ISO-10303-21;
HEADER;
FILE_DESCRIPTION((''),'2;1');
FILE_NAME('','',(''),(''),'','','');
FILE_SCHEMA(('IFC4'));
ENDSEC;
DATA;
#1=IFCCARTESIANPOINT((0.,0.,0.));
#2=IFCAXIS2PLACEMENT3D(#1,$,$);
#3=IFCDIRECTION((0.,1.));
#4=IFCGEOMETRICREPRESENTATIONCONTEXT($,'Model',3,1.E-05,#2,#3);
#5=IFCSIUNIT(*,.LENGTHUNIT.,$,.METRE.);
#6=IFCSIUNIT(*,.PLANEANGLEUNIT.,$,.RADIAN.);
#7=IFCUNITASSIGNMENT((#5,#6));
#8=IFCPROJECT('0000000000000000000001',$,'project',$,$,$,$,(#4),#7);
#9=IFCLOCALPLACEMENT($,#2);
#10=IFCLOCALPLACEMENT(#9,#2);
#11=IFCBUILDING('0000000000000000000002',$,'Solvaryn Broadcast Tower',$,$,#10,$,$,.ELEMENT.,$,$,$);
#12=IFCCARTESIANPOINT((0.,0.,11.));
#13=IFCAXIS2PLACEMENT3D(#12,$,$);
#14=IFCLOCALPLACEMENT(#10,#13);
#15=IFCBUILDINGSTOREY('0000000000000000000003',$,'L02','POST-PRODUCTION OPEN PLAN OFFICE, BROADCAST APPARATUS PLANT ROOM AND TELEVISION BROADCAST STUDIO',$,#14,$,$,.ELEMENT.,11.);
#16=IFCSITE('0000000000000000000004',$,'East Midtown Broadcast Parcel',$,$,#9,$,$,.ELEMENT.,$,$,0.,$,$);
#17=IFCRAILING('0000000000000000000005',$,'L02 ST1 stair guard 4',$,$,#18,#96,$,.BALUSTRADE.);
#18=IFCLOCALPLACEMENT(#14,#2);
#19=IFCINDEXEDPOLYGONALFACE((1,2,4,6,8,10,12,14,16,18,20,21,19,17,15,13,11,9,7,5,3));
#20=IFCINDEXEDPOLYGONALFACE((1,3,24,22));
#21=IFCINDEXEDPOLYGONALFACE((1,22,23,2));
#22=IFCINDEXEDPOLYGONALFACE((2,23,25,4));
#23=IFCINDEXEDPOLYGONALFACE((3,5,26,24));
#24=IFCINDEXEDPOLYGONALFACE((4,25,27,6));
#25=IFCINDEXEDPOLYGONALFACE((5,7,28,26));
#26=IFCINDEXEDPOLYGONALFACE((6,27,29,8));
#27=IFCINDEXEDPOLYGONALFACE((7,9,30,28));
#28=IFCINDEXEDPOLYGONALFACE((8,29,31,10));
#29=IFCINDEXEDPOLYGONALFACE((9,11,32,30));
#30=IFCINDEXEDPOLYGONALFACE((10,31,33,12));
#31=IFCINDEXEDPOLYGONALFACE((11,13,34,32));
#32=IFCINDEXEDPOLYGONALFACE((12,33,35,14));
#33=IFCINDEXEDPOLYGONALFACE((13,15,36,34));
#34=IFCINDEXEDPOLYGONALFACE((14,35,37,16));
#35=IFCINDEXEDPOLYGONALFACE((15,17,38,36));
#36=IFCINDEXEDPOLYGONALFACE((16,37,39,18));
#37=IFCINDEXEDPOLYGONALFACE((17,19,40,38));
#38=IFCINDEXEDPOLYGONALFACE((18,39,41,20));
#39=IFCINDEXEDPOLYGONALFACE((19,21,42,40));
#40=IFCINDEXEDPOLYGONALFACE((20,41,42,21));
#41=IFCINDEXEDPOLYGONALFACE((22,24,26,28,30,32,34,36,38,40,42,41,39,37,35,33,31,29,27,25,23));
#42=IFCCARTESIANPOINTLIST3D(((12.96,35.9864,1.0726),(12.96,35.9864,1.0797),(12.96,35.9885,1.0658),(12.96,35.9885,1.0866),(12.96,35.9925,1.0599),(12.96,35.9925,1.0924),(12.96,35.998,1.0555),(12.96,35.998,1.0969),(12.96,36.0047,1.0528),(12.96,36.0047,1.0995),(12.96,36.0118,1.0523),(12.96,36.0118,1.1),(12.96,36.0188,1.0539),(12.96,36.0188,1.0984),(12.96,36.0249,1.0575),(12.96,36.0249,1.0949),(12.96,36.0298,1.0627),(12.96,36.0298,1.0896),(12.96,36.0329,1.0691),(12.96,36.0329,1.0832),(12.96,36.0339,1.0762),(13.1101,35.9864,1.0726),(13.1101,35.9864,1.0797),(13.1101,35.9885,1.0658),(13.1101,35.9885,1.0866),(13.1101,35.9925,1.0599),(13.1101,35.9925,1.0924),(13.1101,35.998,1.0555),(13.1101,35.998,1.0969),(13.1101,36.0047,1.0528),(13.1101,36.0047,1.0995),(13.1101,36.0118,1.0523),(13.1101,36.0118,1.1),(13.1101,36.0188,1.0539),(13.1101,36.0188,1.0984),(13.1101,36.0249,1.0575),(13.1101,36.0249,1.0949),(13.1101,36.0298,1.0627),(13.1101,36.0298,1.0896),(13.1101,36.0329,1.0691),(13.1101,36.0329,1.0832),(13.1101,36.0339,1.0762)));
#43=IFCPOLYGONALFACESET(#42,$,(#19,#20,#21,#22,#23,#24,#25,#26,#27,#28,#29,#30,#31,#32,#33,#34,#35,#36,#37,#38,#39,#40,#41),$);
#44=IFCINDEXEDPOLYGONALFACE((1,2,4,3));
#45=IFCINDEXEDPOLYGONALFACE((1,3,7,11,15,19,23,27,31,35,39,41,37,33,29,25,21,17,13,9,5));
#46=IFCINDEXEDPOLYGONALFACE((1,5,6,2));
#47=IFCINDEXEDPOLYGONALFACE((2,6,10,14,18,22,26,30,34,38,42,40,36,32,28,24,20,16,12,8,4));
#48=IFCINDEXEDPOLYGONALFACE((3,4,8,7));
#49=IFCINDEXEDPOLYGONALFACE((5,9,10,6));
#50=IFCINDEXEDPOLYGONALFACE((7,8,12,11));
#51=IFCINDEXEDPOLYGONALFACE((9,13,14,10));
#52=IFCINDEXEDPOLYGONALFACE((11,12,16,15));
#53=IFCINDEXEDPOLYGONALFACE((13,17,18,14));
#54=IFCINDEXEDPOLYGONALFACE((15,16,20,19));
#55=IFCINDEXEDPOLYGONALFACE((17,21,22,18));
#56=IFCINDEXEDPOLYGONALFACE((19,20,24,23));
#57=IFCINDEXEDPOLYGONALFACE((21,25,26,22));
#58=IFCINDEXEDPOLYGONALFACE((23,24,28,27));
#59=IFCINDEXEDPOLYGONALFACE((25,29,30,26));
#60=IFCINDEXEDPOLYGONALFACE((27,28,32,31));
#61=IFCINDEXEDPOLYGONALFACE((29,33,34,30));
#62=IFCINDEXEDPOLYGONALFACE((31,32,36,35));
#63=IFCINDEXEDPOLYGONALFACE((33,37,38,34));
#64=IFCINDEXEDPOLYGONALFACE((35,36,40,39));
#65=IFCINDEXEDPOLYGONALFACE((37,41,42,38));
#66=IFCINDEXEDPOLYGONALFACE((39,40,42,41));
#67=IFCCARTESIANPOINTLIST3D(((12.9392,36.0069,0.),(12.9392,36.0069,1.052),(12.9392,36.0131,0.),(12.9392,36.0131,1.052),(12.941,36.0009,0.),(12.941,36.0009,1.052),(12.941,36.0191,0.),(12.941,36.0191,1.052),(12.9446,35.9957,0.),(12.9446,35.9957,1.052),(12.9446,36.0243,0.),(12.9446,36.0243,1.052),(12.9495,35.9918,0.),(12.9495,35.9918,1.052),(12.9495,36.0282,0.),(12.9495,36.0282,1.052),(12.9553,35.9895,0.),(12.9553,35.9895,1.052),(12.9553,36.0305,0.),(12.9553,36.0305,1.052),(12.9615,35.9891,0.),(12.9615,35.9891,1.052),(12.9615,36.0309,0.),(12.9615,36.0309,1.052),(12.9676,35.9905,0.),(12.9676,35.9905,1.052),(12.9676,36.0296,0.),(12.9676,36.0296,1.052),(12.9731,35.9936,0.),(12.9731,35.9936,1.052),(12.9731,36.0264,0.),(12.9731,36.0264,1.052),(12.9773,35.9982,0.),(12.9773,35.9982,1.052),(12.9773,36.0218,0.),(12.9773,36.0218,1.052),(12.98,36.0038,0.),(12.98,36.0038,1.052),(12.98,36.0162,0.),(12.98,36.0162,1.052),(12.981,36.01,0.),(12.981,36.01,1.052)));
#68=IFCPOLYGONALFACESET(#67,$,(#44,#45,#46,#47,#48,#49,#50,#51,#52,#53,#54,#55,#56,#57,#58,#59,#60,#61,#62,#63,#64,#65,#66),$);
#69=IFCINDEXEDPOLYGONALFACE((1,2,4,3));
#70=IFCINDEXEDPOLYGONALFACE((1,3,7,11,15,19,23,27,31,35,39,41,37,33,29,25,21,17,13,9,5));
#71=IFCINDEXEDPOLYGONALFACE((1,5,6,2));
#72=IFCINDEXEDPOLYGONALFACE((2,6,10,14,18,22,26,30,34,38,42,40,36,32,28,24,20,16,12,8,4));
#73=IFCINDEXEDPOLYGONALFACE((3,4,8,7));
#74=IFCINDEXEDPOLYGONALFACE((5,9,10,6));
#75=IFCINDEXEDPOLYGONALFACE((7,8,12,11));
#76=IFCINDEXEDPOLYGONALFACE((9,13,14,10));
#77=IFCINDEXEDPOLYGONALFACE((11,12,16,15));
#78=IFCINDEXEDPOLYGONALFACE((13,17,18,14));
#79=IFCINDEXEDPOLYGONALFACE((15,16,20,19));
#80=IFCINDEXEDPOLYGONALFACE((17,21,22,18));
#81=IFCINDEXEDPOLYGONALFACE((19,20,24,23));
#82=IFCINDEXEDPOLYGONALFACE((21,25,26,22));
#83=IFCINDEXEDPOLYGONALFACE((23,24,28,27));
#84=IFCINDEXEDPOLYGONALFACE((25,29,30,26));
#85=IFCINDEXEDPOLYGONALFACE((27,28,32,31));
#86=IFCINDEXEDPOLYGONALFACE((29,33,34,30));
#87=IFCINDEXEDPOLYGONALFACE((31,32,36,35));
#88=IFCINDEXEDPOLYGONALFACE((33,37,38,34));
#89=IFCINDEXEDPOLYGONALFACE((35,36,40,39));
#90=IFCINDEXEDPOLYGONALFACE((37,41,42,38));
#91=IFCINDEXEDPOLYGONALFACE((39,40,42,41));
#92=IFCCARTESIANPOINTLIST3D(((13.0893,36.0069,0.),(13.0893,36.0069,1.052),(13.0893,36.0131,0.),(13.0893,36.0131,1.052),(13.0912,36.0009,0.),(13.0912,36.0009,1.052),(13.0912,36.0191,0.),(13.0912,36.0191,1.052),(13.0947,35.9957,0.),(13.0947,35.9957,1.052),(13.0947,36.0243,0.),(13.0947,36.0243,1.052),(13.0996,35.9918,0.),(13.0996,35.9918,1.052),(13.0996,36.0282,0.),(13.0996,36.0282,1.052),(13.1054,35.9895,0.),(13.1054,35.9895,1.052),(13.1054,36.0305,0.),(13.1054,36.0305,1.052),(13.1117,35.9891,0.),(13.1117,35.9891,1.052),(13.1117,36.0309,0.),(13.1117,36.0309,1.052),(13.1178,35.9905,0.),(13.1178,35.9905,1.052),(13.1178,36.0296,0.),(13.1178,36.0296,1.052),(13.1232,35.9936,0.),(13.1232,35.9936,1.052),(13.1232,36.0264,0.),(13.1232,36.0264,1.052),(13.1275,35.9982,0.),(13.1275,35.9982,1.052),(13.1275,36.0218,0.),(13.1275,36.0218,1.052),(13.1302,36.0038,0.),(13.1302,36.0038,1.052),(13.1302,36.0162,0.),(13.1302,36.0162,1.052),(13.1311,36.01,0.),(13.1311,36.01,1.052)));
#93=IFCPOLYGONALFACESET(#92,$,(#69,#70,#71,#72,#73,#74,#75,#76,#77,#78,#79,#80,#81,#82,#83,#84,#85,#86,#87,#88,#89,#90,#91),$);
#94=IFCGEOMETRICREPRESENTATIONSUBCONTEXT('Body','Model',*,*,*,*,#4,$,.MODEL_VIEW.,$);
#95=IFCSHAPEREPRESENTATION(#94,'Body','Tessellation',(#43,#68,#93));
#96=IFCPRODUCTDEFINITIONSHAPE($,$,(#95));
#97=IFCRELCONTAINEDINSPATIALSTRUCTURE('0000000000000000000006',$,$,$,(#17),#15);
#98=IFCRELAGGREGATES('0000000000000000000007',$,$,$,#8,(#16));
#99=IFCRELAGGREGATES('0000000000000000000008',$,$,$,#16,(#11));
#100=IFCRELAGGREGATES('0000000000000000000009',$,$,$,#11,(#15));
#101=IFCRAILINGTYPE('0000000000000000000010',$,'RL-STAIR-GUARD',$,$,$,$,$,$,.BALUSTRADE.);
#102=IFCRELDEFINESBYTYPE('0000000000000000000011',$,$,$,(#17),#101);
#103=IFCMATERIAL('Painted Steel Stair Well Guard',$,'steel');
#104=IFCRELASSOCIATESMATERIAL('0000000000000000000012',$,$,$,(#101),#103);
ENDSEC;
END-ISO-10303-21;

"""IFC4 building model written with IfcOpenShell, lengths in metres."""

from ifc_helpers import new_model, si_unit, direction, frame, origin, origin_2d, place, context, subcontext, project, spatial, circle, extrude, material, type_object, element, save


model = new_model("IFC4")

# Units and contexts
model_context = context("Model", 3, precision=1e-05, world=origin(), true_north=direction((0.0, 1.0)))
body_context = subcontext(model_context, "Body", "Model", "MODEL_VIEW")
ifc_project = project(units=[si_unit("LENGTHUNIT", "METRE"), si_unit("PLANEANGLEUNIT", "RADIAN")], contexts=[model_context])

# Site, building, storey
site_placement = place(None, origin())
site = spatial("IfcSite", under=ifc_project, at=site_placement, Name="East Midtown Broadcast Parcel", CompositionType="ELEMENT", RefElevation=0.0)
building_placement = place(site_placement, origin())
building = spatial("IfcBuilding", under=site, at=building_placement, Name="Solvaryn Broadcast Tower", CompositionType="ELEMENT")
storey_placement = place(building_placement, frame((0.0, 0.0, 11.0)))
storey = spatial("IfcBuildingStorey", under=building, at=storey_placement, Name="L02", Description="POST-PRODUCTION OPEN PLAN OFFICE, BROADCAST APPARATUS PLANT ROOM AND TELEVISION BROADCAST STUDIO", CompositionType="ELEMENT", Elevation=11.0)

# Railing
ifc_material_1 = material(Name="Painted Steel Stair Well Guard", Category="steel")
railing_type = type_object("IfcRailingType", Name="RL-STAIR-GUARD", PredefinedType="BALUSTRADE", material=ifc_material_1)
railing_1_placement = place(storey_placement, frame((12.96, 36.01, 0.0)))
element("IfcRailing", 1, at=railing_1_placement, inside=storey, type_object=railing_type, Name="L02 ST1 stair guard 4", PredefinedType="BALUSTRADE", context=body_context, shape_type="SweptSolid", body=[
    extrude(circle(Radius=0.0239, at=origin_2d()), frame((0.0, 0.0, 1.0762), z_axis=(1.0, 0.0, 0.0), x_axis=(0.0, 1.0, 0.0)), (0.0, 0.0, 1.0), 0.1501),
    extrude(circle(Radius=0.021, at=origin_2d()), origin(), (0.0, 0.0, 1.0), 1.052),
    extrude(circle(Radius=0.021, at=origin_2d()), frame((0.1501, 0.0, 0.0)), (0.0, 0.0, 1.0), 1.052),
])

save(model, "model.ifc")
